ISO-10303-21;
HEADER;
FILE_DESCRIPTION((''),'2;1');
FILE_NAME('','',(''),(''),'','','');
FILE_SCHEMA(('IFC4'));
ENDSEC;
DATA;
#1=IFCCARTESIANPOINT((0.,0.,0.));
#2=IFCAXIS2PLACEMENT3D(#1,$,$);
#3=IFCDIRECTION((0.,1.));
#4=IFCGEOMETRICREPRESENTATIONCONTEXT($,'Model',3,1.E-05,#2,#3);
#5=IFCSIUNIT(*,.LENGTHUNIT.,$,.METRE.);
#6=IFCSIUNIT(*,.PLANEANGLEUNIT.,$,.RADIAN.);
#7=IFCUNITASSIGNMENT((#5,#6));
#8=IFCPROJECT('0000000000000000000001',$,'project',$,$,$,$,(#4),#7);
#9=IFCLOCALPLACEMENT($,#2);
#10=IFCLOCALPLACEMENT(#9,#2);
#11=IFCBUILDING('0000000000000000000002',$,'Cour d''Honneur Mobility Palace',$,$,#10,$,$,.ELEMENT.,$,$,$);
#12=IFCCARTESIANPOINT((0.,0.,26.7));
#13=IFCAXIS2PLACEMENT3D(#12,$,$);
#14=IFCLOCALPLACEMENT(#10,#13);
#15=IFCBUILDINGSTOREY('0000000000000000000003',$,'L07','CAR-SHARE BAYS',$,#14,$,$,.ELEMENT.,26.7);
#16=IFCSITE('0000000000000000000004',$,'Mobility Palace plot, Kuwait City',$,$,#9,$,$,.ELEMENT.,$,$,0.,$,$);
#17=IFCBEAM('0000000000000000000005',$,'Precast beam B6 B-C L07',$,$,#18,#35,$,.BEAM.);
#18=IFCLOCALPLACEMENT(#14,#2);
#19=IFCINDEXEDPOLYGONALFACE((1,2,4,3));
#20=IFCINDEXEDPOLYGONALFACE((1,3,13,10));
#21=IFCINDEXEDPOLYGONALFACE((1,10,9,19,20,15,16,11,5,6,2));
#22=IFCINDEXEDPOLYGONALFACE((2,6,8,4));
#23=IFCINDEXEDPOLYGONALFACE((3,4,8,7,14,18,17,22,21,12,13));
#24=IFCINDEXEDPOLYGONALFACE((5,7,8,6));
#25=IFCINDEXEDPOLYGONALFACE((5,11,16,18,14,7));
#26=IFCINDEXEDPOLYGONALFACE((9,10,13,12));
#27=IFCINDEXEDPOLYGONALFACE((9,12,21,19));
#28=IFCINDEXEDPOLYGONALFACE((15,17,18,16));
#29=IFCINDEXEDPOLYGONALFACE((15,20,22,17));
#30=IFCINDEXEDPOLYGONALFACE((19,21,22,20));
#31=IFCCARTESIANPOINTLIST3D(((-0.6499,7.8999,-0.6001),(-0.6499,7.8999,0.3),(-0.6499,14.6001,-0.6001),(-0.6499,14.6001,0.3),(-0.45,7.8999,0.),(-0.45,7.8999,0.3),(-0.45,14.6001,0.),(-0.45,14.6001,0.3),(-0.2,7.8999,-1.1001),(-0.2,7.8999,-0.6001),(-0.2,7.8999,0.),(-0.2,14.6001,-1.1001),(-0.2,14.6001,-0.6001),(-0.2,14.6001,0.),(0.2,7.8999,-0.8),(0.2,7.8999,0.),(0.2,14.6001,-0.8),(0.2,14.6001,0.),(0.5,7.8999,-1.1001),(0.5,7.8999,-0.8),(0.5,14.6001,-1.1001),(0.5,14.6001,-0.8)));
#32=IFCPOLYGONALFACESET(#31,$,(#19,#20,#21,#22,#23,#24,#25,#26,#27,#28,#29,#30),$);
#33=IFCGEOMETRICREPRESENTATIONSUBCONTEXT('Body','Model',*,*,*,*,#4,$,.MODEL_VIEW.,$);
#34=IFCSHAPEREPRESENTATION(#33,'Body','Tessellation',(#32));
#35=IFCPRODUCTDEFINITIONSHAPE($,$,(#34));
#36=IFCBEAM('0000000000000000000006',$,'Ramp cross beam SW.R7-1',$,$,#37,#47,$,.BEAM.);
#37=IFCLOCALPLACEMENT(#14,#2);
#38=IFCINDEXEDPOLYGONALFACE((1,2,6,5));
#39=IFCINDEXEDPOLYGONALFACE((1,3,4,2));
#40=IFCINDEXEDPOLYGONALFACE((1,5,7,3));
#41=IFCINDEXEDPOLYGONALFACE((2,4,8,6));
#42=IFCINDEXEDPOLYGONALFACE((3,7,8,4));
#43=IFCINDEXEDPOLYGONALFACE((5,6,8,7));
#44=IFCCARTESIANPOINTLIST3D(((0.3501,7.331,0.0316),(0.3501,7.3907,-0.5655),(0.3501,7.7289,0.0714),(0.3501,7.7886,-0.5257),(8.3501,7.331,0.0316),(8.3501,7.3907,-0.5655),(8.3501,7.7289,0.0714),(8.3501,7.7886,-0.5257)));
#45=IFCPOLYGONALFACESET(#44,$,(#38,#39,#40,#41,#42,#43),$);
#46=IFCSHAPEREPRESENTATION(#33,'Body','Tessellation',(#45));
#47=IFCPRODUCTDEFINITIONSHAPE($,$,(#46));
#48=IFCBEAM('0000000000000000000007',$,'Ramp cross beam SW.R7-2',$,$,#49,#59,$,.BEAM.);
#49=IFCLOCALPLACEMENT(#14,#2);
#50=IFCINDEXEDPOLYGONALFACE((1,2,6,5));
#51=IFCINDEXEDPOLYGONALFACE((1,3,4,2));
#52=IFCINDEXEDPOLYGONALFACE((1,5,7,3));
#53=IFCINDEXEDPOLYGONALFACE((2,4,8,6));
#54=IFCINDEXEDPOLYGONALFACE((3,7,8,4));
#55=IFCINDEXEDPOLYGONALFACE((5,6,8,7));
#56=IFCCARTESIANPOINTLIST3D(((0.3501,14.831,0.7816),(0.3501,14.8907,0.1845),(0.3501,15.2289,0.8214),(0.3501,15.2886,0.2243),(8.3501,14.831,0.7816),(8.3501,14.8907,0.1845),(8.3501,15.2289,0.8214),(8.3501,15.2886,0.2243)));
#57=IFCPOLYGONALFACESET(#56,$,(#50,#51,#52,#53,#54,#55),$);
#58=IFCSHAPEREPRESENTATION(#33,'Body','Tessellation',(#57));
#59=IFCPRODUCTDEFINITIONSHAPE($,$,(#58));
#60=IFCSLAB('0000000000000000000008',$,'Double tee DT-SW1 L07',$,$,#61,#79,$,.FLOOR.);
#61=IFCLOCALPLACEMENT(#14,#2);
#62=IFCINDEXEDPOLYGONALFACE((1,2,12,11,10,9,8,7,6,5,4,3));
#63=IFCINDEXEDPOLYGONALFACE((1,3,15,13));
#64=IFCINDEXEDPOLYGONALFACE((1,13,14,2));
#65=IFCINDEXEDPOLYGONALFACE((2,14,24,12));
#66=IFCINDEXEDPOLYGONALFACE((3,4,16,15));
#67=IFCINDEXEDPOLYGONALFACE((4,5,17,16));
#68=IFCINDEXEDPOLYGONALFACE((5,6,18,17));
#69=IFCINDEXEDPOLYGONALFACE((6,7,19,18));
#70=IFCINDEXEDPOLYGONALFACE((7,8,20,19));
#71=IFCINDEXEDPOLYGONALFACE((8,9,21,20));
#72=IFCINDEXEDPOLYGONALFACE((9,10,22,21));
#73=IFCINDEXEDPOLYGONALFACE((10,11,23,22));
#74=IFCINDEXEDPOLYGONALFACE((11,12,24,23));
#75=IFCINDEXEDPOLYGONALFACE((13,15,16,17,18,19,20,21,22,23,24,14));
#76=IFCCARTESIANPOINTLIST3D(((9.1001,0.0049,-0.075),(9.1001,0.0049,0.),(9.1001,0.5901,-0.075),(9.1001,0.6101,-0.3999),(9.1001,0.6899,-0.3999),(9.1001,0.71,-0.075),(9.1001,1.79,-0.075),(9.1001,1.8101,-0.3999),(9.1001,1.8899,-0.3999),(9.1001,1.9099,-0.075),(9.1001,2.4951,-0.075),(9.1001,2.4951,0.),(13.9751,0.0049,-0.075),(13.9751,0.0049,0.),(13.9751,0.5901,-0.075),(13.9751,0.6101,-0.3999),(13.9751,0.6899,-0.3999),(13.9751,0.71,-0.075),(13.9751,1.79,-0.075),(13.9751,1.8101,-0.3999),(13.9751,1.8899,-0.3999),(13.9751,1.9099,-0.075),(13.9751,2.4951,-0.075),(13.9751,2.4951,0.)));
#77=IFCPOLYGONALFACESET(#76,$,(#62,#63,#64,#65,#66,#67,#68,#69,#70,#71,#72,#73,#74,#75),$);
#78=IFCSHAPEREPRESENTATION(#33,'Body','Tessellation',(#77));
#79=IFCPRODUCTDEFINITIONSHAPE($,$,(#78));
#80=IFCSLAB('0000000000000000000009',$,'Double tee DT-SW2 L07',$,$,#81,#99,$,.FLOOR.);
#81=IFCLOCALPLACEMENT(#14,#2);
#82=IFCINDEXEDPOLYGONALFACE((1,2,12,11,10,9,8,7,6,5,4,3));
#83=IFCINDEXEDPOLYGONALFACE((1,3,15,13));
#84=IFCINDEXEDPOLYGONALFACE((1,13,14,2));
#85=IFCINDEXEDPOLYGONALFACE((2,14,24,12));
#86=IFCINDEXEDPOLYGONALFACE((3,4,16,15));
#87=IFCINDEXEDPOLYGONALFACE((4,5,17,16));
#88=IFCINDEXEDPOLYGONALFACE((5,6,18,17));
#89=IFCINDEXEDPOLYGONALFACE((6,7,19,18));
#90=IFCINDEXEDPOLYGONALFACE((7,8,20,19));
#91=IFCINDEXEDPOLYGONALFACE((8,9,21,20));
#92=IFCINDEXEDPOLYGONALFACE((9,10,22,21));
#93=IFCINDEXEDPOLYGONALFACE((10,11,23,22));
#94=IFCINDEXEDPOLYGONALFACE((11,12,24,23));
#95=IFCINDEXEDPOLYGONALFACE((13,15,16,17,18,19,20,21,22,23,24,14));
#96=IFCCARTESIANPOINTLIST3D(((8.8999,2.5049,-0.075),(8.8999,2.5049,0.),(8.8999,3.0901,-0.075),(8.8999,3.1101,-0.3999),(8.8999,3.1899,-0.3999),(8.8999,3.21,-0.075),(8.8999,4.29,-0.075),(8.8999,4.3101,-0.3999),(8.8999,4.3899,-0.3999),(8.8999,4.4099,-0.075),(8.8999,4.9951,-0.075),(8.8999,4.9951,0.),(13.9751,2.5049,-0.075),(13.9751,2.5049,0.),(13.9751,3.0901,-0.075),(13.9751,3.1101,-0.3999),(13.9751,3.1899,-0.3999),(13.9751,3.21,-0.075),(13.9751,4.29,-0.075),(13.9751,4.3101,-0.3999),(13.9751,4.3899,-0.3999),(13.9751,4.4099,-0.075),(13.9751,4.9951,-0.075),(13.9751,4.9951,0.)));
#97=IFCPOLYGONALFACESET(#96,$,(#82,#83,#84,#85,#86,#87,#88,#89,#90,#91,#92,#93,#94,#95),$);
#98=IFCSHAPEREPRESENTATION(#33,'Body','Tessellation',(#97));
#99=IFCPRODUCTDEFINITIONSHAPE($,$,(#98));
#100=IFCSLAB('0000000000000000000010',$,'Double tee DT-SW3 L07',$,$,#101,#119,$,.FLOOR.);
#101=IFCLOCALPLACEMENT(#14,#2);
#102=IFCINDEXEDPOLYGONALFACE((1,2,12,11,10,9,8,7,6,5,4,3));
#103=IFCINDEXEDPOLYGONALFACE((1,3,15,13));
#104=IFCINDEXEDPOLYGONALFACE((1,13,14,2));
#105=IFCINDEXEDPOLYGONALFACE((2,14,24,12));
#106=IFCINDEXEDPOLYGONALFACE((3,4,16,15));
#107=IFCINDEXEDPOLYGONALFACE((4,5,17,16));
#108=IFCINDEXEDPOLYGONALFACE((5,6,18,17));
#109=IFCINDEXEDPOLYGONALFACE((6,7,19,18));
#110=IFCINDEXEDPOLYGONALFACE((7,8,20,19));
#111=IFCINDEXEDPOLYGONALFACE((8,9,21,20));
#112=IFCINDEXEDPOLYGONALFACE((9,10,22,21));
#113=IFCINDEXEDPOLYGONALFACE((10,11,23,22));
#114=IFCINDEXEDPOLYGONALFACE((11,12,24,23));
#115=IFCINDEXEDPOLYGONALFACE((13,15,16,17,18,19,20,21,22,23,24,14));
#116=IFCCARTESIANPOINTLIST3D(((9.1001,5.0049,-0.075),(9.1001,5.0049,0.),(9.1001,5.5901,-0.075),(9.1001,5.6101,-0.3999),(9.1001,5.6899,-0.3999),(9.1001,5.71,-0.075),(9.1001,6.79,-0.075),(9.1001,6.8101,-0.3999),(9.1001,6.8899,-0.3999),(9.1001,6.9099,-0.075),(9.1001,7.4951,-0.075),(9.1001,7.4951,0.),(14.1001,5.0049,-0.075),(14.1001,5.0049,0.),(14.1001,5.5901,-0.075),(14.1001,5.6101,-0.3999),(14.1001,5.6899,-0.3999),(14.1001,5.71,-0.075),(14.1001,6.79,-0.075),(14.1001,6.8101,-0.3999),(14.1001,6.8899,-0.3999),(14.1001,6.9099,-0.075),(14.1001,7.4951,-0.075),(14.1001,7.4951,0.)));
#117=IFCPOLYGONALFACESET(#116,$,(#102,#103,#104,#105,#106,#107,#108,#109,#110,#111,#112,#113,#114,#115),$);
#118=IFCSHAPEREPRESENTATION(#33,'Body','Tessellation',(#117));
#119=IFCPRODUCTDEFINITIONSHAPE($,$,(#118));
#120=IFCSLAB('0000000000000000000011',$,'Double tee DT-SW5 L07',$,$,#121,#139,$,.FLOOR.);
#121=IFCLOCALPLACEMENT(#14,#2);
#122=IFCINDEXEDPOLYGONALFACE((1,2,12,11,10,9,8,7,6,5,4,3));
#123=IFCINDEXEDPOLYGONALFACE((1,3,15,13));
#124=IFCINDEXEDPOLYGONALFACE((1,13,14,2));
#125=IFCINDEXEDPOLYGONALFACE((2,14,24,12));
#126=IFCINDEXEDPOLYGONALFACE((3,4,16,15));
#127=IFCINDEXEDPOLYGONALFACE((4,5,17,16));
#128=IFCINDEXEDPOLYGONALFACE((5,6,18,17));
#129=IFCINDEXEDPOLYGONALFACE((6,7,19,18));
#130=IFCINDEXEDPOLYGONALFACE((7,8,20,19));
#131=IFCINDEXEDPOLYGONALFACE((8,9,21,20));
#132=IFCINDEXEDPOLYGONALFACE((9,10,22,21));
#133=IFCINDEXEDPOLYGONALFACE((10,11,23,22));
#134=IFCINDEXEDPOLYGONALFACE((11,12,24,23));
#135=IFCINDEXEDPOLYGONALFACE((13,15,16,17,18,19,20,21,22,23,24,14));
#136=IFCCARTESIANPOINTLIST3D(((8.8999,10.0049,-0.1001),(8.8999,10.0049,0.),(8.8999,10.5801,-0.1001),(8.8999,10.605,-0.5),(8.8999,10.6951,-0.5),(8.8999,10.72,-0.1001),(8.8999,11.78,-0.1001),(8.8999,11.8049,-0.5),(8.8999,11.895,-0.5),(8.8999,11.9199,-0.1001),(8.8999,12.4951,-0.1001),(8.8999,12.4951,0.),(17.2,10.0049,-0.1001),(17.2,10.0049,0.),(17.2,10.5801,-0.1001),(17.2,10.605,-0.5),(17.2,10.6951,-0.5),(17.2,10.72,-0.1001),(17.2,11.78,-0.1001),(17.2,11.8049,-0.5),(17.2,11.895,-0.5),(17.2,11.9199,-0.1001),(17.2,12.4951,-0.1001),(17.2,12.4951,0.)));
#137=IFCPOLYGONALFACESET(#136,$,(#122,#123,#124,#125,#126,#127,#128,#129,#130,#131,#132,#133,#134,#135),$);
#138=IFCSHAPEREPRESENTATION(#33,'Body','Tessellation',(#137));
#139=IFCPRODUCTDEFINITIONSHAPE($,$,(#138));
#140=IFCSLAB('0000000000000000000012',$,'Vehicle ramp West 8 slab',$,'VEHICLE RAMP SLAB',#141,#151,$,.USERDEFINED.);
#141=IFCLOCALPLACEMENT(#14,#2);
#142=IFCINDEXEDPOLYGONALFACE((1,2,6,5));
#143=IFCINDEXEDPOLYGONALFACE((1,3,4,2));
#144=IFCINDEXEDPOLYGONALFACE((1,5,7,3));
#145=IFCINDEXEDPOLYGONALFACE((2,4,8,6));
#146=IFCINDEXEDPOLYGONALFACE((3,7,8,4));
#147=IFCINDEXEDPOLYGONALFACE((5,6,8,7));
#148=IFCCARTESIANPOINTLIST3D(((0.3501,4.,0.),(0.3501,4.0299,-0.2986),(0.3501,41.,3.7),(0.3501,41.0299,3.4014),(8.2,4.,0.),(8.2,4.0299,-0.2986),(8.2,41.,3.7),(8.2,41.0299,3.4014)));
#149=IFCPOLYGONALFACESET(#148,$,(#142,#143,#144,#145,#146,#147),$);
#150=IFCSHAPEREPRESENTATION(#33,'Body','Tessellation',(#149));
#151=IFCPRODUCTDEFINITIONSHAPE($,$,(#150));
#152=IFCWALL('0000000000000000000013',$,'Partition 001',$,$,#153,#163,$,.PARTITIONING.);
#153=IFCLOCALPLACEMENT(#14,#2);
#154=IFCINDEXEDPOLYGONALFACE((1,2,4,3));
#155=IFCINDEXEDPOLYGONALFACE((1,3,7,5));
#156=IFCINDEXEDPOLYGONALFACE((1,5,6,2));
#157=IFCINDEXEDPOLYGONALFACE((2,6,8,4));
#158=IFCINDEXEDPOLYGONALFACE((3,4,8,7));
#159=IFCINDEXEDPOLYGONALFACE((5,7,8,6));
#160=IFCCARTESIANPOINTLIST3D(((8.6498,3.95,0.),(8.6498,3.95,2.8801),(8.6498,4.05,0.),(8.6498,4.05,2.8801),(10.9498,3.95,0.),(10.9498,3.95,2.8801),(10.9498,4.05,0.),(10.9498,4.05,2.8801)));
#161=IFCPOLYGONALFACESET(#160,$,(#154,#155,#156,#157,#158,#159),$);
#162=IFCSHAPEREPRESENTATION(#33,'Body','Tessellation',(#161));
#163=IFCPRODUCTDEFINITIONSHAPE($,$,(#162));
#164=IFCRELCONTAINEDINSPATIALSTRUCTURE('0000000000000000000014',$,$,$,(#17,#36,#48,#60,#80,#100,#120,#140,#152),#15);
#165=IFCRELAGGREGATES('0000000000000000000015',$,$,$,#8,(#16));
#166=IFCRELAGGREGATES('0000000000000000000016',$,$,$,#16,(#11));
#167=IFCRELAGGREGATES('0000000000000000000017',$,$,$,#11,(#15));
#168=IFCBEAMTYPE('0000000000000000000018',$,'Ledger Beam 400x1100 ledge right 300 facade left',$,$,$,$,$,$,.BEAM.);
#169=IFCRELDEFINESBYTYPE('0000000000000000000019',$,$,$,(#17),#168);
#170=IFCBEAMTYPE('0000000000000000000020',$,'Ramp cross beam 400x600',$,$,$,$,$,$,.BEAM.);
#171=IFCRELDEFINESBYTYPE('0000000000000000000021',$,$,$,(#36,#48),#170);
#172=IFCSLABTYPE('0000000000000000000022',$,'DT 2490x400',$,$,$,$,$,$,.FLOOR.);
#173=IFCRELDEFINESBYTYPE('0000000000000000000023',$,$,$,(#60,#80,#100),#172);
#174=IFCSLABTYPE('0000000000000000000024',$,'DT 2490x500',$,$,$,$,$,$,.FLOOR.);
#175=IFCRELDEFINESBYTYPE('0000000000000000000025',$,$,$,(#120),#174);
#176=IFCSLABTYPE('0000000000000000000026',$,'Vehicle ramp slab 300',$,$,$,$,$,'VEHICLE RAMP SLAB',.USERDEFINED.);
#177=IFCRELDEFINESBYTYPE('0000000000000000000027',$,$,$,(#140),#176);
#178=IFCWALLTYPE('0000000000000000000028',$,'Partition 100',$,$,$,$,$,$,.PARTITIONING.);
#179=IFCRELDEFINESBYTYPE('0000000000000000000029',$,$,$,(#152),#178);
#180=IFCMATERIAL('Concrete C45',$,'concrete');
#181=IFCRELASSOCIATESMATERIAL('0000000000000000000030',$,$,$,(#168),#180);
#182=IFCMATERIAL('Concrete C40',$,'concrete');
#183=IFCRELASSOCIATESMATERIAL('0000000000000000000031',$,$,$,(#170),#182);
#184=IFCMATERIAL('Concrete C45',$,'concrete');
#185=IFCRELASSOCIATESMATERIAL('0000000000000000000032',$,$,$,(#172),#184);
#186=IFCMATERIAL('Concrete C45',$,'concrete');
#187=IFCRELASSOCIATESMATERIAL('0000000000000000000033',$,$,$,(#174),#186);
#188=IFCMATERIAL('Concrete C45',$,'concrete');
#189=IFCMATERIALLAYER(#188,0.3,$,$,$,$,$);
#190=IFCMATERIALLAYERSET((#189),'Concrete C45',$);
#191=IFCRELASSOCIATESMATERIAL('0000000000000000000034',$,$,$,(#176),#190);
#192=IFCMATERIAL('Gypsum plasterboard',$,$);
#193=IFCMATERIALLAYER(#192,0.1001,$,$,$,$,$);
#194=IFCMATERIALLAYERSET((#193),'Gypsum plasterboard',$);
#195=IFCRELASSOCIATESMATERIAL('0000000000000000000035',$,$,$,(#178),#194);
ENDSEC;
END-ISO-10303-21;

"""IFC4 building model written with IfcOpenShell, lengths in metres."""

from ifc_helpers import new_model, si_unit, direction, frame, frame_2d, origin, origin_2d, place, context, subcontext, project, spatial, polyline, rectangle, outline, extrude, material, layer, layer_set, material_profile, profile_set, type_object, element, save


model = new_model("IFC4")

# Units and contexts
model_context = context("Model", 3, precision=1e-05, world=origin(), true_north=direction((0.0, 1.0)))
body_context = subcontext(model_context, "Body", "Model", "MODEL_VIEW")
ifc_project = project(units=[si_unit("LENGTHUNIT", "METRE"), si_unit("PLANEANGLEUNIT", "RADIAN")], contexts=[model_context])

# Site, building, storey
site_placement = place(None, origin())
site = spatial("IfcSite", under=ifc_project, at=site_placement, Name="Mobility Palace plot, Kuwait City", CompositionType="ELEMENT", RefElevation=0.0)
building_placement = place(site_placement, origin())
building = spatial("IfcBuilding", under=site, at=building_placement, Name="Cour d'Honneur Mobility Palace", CompositionType="ELEMENT")
storey_placement = place(building_placement, frame((0.0, 0.0, 26.7)))
storey = spatial("IfcBuildingStorey", under=building, at=storey_placement, Name="L07", Description="CAR-SHARE BAYS", CompositionType="ELEMENT", Elevation=26.7)

# Beams
ifc_material_1 = material(Name="Concrete C45", Category="concrete")
ifc_material_profile_1 = material_profile(ifc_material_1, outline(polyline([(0.2, -1.1001), (0.2, -0.6001), (0.6499, -0.6001), (0.6499, 0.3), (0.45, 0.3), (0.45, 0.0), (0.2, 0.0), (-0.2, 0.0), (-0.2, -0.8), (-0.5, -0.8), (-0.5, -1.1001), (0.2, -1.1001)])), Name="Ledger Beam 400x1100 ledge right 300 facade left")
ifc_profile_set_1 = profile_set([ifc_material_profile_1], Name="Concrete C45")
beam_type_1 = type_object("IfcBeamType", Name="Ledger Beam 400x1100 ledge right 300 facade left", PredefinedType="BEAM", material=ifc_profile_set_1)
for number, where, z_axis, x_axis, name in (
    (1, (0.0, 7.8999, 0.0), (0.0, 1.0, 0.0), (-1.0, 0.0, 0.0), "Precast beam B6 B-C L07"),
):
    element("IfcBeam", number, at=place(storey_placement, frame(where, z_axis=z_axis, x_axis=x_axis)), inside=storey, type_object=beam_type_1, Name=name, PredefinedType="BEAM", context=body_context, shape_type="SweptSolid", body=[
        extrude(outline(polyline([(0.2, -1.1001), (0.2, -0.6001), (0.6499, -0.6001), (0.6499, 0.3), (0.45, 0.3), (0.45, 0.0), (0.2, 0.0), (-0.2, 0.0), (-0.2, -0.8), (-0.5, -0.8), (-0.5, -1.1001), (0.2, -1.1001)])), origin(), (0.0, 0.0, 1.0), 6.7002),
    ])
ifc_material_2 = material(Name="Concrete C40", Category="concrete")
ifc_material_profile_2 = material_profile(ifc_material_2, rectangle(XDim=0.3999, YDim=0.6001, at=origin_2d()), Name="Ramp cross beam 400x600")
ifc_profile_set_2 = profile_set([ifc_material_profile_2], Name="Concrete C40")
beam_type_2 = type_object("IfcBeamType", Name="Ramp cross beam 400x600", PredefinedType="BEAM", material=ifc_profile_set_2)
for number, where, z_axis, x_axis, name in (
    (2, (0.3501, 7.5598, -0.2471), (1.0, 0.0, 0.0), (0.0, 0.995037, 0.099504), "Ramp cross beam SW.R7-1"),
    (3, (0.3501, 15.0598, 0.5029), (1.0, 0.0, 0.0), (0.0, 0.995037, 0.099504), "Ramp cross beam SW.R7-2"),
):
    element("IfcBeam", number, at=place(storey_placement, frame(where, z_axis=z_axis, x_axis=x_axis)), inside=storey, type_object=beam_type_2, Name=name, PredefinedType="BEAM", context=body_context, shape_type="SweptSolid", body=[
        extrude(rectangle(XDim=0.3999, YDim=0.6001, at=origin_2d()), origin(), (0.0, 0.0, 1.0), 8.0),
    ])

# Slabs
ifc_material_3 = material(Name="Concrete C45", Category="concrete")
ifc_material_profile_3 = material_profile(ifc_material_3, outline(polyline([(-1.2451, 0.0), (1.2451, 0.0), (1.2451, -0.075), (0.6599, -0.075), (0.6399, -0.3999), (0.5601, -0.3999), (0.54, -0.075), (-0.54, -0.075), (-0.5601, -0.3999), (-0.6399, -0.3999), (-0.6599, -0.075), (-1.2451, -0.075), (-1.2451, 0.0)])), Name="DT 2490x400")
ifc_profile_set_3 = profile_set([ifc_material_profile_3], Name="Concrete C45")
slab_type_1 = type_object("IfcSlabType", Name="DT 2490x400", PredefinedType="FLOOR", material=ifc_profile_set_3)
slab_1_placement = place(storey_placement, frame((9.1001, 1.25, 0.0), z_axis=(1.0, 0.0, 0.0), x_axis=(0.0, 1.0, 0.0)))
element("IfcSlab", 4, at=slab_1_placement, inside=storey, type_object=slab_type_1, Name="Double tee DT-SW1 L07", PredefinedType="FLOOR", context=body_context, shape_type="SweptSolid", body=[
    extrude(outline(polyline([(-1.2451, 0.0), (1.2451, 0.0), (1.2451, -0.075), (0.6599, -0.075), (0.6399, -0.3999), (0.5601, -0.3999), (0.54, -0.075), (-0.54, -0.075), (-0.5601, -0.3999), (-0.6399, -0.3999), (-0.6599, -0.075), (-1.2451, -0.075), (-1.2451, 0.0)])), origin(), (0.0, 0.0, 1.0), 4.875),
])
slab_2_placement = place(storey_placement, frame((8.8999, 3.75, 0.0), z_axis=(1.0, 0.0, 0.0), x_axis=(0.0, 1.0, 0.0)))
element("IfcSlab", 5, at=slab_2_placement, inside=storey, type_object=slab_type_1, Name="Double tee DT-SW2 L07", PredefinedType="FLOOR", context=body_context, shape_type="SweptSolid", body=[
    extrude(outline(polyline([(-1.2451, 0.0), (1.2451, 0.0), (1.2451, -0.075), (0.6599, -0.075), (0.6399, -0.3999), (0.5601, -0.3999), (0.54, -0.075), (-0.54, -0.075), (-0.5601, -0.3999), (-0.6399, -0.3999), (-0.6599, -0.075), (-1.2451, -0.075), (-1.2451, 0.0)])), origin(), (0.0, 0.0, 1.0), 5.0752),
])
slab_3_placement = place(storey_placement, frame((9.1001, 6.25, 0.0), z_axis=(1.0, 0.0, 0.0), x_axis=(0.0, 1.0, 0.0)))
element("IfcSlab", 6, at=slab_3_placement, inside=storey, type_object=slab_type_1, Name="Double tee DT-SW3 L07", PredefinedType="FLOOR", context=body_context, shape_type="SweptSolid", body=[
    extrude(outline(polyline([(-1.2451, 0.0), (1.2451, 0.0), (1.2451, -0.075), (0.6599, -0.075), (0.6399, -0.3999), (0.5601, -0.3999), (0.54, -0.075), (-0.54, -0.075), (-0.5601, -0.3999), (-0.6399, -0.3999), (-0.6599, -0.075), (-1.2451, -0.075), (-1.2451, 0.0)])), origin(), (0.0, 0.0, 1.0), 5.0),
])
ifc_material_4 = material(Name="Concrete C45", Category="concrete")
ifc_material_profile_4 = material_profile(ifc_material_4, outline(polyline([(-1.2451, 0.0), (1.2451, 0.0), (1.2451, -0.1001), (0.6699, -0.1001), (0.645, -0.5), (0.5549, -0.5), (0.53, -0.1001), (-0.53, -0.1001), (-0.5549, -0.5), (-0.645, -0.5), (-0.6699, -0.1001), (-1.2451, -0.1001), (-1.2451, 0.0)])), Name="DT 2490x500")
ifc_profile_set_4 = profile_set([ifc_material_profile_4], Name="Concrete C45")
slab_type_2 = type_object("IfcSlabType", Name="DT 2490x500", PredefinedType="FLOOR", material=ifc_profile_set_4)
slab_4_placement = place(storey_placement, frame((8.8999, 11.25, 0.0), z_axis=(1.0, 0.0, 0.0), x_axis=(0.0, 1.0, 0.0)))
element("IfcSlab", 7, at=slab_4_placement, inside=storey, type_object=slab_type_2, Name="Double tee DT-SW5 L07", PredefinedType="FLOOR", context=body_context, shape_type="SweptSolid", body=[
    extrude(outline(polyline([(-1.2451, 0.0), (1.2451, 0.0), (1.2451, -0.1001), (0.6699, -0.1001), (0.645, -0.5), (0.5549, -0.5), (0.53, -0.1001), (-0.53, -0.1001), (-0.5549, -0.5), (-0.645, -0.5), (-0.6699, -0.1001), (-1.2451, -0.1001), (-1.2451, 0.0)])), origin(), (0.0, 0.0, 1.0), 8.3),
])
ifc_material_5 = material(Name="Concrete C45", Category="concrete")
ifc_layer_1 = layer(ifc_material_5, 0.3)
ifc_layer_set_1 = layer_set([ifc_layer_1], Name="Concrete C45")
slab_type_3 = type_object("IfcSlabType", Name="Vehicle ramp slab 300", ElementType="VEHICLE RAMP SLAB", PredefinedType="USERDEFINED", material=ifc_layer_set_1)
slab_5_placement = place(storey_placement, frame((0.3501, 4.0, 0.0), z_axis=(0.0, -0.099502, 0.995037), x_axis=(1.0, 0.0, 0.0)))
element("IfcSlab", 8, at=slab_5_placement, inside=storey, type_object=slab_type_3, Name="Vehicle ramp West 8 slab", ObjectType="VEHICLE RAMP SLAB", PredefinedType="USERDEFINED", context=body_context, shape_type="SweptSolid", body=[
    extrude(outline(polyline([(0.0, 0.0), (7.8499, 0.0), (7.8499, 37.1845), (0.0, 37.1845), (0.0, 0.0)])), origin(), (0.0, 0.0, -1.0), 0.3),
])

# Wall
ifc_material_6 = material(Name="Gypsum plasterboard")
ifc_layer_2 = layer(ifc_material_6, 0.1001)
ifc_layer_set_2 = layer_set([ifc_layer_2], Name="Gypsum plasterboard")
wall_type_1 = type_object("IfcWallType", Name="Partition 100", PredefinedType="PARTITIONING", material=ifc_layer_set_2)
wall_1_placement = place(storey_placement, frame((8.6499, 4.0, 0.0), z_axis=(0.0, 0.0, 1.0), x_axis=(1.0, 0.0, 0.0)))
element("IfcWall", 9, at=wall_1_placement, inside=storey, type_object=wall_type_1, Name="Partition 001", PredefinedType="PARTITIONING", context=body_context, shape_type="SweptSolid", body=[
    extrude(rectangle(XDim=2.3, YDim=0.1001, at=frame_2d((1.1499, 0.0))), origin(), (0.0, 0.0, 1.0), 2.8801),
])

save(model, "model.ifc")
